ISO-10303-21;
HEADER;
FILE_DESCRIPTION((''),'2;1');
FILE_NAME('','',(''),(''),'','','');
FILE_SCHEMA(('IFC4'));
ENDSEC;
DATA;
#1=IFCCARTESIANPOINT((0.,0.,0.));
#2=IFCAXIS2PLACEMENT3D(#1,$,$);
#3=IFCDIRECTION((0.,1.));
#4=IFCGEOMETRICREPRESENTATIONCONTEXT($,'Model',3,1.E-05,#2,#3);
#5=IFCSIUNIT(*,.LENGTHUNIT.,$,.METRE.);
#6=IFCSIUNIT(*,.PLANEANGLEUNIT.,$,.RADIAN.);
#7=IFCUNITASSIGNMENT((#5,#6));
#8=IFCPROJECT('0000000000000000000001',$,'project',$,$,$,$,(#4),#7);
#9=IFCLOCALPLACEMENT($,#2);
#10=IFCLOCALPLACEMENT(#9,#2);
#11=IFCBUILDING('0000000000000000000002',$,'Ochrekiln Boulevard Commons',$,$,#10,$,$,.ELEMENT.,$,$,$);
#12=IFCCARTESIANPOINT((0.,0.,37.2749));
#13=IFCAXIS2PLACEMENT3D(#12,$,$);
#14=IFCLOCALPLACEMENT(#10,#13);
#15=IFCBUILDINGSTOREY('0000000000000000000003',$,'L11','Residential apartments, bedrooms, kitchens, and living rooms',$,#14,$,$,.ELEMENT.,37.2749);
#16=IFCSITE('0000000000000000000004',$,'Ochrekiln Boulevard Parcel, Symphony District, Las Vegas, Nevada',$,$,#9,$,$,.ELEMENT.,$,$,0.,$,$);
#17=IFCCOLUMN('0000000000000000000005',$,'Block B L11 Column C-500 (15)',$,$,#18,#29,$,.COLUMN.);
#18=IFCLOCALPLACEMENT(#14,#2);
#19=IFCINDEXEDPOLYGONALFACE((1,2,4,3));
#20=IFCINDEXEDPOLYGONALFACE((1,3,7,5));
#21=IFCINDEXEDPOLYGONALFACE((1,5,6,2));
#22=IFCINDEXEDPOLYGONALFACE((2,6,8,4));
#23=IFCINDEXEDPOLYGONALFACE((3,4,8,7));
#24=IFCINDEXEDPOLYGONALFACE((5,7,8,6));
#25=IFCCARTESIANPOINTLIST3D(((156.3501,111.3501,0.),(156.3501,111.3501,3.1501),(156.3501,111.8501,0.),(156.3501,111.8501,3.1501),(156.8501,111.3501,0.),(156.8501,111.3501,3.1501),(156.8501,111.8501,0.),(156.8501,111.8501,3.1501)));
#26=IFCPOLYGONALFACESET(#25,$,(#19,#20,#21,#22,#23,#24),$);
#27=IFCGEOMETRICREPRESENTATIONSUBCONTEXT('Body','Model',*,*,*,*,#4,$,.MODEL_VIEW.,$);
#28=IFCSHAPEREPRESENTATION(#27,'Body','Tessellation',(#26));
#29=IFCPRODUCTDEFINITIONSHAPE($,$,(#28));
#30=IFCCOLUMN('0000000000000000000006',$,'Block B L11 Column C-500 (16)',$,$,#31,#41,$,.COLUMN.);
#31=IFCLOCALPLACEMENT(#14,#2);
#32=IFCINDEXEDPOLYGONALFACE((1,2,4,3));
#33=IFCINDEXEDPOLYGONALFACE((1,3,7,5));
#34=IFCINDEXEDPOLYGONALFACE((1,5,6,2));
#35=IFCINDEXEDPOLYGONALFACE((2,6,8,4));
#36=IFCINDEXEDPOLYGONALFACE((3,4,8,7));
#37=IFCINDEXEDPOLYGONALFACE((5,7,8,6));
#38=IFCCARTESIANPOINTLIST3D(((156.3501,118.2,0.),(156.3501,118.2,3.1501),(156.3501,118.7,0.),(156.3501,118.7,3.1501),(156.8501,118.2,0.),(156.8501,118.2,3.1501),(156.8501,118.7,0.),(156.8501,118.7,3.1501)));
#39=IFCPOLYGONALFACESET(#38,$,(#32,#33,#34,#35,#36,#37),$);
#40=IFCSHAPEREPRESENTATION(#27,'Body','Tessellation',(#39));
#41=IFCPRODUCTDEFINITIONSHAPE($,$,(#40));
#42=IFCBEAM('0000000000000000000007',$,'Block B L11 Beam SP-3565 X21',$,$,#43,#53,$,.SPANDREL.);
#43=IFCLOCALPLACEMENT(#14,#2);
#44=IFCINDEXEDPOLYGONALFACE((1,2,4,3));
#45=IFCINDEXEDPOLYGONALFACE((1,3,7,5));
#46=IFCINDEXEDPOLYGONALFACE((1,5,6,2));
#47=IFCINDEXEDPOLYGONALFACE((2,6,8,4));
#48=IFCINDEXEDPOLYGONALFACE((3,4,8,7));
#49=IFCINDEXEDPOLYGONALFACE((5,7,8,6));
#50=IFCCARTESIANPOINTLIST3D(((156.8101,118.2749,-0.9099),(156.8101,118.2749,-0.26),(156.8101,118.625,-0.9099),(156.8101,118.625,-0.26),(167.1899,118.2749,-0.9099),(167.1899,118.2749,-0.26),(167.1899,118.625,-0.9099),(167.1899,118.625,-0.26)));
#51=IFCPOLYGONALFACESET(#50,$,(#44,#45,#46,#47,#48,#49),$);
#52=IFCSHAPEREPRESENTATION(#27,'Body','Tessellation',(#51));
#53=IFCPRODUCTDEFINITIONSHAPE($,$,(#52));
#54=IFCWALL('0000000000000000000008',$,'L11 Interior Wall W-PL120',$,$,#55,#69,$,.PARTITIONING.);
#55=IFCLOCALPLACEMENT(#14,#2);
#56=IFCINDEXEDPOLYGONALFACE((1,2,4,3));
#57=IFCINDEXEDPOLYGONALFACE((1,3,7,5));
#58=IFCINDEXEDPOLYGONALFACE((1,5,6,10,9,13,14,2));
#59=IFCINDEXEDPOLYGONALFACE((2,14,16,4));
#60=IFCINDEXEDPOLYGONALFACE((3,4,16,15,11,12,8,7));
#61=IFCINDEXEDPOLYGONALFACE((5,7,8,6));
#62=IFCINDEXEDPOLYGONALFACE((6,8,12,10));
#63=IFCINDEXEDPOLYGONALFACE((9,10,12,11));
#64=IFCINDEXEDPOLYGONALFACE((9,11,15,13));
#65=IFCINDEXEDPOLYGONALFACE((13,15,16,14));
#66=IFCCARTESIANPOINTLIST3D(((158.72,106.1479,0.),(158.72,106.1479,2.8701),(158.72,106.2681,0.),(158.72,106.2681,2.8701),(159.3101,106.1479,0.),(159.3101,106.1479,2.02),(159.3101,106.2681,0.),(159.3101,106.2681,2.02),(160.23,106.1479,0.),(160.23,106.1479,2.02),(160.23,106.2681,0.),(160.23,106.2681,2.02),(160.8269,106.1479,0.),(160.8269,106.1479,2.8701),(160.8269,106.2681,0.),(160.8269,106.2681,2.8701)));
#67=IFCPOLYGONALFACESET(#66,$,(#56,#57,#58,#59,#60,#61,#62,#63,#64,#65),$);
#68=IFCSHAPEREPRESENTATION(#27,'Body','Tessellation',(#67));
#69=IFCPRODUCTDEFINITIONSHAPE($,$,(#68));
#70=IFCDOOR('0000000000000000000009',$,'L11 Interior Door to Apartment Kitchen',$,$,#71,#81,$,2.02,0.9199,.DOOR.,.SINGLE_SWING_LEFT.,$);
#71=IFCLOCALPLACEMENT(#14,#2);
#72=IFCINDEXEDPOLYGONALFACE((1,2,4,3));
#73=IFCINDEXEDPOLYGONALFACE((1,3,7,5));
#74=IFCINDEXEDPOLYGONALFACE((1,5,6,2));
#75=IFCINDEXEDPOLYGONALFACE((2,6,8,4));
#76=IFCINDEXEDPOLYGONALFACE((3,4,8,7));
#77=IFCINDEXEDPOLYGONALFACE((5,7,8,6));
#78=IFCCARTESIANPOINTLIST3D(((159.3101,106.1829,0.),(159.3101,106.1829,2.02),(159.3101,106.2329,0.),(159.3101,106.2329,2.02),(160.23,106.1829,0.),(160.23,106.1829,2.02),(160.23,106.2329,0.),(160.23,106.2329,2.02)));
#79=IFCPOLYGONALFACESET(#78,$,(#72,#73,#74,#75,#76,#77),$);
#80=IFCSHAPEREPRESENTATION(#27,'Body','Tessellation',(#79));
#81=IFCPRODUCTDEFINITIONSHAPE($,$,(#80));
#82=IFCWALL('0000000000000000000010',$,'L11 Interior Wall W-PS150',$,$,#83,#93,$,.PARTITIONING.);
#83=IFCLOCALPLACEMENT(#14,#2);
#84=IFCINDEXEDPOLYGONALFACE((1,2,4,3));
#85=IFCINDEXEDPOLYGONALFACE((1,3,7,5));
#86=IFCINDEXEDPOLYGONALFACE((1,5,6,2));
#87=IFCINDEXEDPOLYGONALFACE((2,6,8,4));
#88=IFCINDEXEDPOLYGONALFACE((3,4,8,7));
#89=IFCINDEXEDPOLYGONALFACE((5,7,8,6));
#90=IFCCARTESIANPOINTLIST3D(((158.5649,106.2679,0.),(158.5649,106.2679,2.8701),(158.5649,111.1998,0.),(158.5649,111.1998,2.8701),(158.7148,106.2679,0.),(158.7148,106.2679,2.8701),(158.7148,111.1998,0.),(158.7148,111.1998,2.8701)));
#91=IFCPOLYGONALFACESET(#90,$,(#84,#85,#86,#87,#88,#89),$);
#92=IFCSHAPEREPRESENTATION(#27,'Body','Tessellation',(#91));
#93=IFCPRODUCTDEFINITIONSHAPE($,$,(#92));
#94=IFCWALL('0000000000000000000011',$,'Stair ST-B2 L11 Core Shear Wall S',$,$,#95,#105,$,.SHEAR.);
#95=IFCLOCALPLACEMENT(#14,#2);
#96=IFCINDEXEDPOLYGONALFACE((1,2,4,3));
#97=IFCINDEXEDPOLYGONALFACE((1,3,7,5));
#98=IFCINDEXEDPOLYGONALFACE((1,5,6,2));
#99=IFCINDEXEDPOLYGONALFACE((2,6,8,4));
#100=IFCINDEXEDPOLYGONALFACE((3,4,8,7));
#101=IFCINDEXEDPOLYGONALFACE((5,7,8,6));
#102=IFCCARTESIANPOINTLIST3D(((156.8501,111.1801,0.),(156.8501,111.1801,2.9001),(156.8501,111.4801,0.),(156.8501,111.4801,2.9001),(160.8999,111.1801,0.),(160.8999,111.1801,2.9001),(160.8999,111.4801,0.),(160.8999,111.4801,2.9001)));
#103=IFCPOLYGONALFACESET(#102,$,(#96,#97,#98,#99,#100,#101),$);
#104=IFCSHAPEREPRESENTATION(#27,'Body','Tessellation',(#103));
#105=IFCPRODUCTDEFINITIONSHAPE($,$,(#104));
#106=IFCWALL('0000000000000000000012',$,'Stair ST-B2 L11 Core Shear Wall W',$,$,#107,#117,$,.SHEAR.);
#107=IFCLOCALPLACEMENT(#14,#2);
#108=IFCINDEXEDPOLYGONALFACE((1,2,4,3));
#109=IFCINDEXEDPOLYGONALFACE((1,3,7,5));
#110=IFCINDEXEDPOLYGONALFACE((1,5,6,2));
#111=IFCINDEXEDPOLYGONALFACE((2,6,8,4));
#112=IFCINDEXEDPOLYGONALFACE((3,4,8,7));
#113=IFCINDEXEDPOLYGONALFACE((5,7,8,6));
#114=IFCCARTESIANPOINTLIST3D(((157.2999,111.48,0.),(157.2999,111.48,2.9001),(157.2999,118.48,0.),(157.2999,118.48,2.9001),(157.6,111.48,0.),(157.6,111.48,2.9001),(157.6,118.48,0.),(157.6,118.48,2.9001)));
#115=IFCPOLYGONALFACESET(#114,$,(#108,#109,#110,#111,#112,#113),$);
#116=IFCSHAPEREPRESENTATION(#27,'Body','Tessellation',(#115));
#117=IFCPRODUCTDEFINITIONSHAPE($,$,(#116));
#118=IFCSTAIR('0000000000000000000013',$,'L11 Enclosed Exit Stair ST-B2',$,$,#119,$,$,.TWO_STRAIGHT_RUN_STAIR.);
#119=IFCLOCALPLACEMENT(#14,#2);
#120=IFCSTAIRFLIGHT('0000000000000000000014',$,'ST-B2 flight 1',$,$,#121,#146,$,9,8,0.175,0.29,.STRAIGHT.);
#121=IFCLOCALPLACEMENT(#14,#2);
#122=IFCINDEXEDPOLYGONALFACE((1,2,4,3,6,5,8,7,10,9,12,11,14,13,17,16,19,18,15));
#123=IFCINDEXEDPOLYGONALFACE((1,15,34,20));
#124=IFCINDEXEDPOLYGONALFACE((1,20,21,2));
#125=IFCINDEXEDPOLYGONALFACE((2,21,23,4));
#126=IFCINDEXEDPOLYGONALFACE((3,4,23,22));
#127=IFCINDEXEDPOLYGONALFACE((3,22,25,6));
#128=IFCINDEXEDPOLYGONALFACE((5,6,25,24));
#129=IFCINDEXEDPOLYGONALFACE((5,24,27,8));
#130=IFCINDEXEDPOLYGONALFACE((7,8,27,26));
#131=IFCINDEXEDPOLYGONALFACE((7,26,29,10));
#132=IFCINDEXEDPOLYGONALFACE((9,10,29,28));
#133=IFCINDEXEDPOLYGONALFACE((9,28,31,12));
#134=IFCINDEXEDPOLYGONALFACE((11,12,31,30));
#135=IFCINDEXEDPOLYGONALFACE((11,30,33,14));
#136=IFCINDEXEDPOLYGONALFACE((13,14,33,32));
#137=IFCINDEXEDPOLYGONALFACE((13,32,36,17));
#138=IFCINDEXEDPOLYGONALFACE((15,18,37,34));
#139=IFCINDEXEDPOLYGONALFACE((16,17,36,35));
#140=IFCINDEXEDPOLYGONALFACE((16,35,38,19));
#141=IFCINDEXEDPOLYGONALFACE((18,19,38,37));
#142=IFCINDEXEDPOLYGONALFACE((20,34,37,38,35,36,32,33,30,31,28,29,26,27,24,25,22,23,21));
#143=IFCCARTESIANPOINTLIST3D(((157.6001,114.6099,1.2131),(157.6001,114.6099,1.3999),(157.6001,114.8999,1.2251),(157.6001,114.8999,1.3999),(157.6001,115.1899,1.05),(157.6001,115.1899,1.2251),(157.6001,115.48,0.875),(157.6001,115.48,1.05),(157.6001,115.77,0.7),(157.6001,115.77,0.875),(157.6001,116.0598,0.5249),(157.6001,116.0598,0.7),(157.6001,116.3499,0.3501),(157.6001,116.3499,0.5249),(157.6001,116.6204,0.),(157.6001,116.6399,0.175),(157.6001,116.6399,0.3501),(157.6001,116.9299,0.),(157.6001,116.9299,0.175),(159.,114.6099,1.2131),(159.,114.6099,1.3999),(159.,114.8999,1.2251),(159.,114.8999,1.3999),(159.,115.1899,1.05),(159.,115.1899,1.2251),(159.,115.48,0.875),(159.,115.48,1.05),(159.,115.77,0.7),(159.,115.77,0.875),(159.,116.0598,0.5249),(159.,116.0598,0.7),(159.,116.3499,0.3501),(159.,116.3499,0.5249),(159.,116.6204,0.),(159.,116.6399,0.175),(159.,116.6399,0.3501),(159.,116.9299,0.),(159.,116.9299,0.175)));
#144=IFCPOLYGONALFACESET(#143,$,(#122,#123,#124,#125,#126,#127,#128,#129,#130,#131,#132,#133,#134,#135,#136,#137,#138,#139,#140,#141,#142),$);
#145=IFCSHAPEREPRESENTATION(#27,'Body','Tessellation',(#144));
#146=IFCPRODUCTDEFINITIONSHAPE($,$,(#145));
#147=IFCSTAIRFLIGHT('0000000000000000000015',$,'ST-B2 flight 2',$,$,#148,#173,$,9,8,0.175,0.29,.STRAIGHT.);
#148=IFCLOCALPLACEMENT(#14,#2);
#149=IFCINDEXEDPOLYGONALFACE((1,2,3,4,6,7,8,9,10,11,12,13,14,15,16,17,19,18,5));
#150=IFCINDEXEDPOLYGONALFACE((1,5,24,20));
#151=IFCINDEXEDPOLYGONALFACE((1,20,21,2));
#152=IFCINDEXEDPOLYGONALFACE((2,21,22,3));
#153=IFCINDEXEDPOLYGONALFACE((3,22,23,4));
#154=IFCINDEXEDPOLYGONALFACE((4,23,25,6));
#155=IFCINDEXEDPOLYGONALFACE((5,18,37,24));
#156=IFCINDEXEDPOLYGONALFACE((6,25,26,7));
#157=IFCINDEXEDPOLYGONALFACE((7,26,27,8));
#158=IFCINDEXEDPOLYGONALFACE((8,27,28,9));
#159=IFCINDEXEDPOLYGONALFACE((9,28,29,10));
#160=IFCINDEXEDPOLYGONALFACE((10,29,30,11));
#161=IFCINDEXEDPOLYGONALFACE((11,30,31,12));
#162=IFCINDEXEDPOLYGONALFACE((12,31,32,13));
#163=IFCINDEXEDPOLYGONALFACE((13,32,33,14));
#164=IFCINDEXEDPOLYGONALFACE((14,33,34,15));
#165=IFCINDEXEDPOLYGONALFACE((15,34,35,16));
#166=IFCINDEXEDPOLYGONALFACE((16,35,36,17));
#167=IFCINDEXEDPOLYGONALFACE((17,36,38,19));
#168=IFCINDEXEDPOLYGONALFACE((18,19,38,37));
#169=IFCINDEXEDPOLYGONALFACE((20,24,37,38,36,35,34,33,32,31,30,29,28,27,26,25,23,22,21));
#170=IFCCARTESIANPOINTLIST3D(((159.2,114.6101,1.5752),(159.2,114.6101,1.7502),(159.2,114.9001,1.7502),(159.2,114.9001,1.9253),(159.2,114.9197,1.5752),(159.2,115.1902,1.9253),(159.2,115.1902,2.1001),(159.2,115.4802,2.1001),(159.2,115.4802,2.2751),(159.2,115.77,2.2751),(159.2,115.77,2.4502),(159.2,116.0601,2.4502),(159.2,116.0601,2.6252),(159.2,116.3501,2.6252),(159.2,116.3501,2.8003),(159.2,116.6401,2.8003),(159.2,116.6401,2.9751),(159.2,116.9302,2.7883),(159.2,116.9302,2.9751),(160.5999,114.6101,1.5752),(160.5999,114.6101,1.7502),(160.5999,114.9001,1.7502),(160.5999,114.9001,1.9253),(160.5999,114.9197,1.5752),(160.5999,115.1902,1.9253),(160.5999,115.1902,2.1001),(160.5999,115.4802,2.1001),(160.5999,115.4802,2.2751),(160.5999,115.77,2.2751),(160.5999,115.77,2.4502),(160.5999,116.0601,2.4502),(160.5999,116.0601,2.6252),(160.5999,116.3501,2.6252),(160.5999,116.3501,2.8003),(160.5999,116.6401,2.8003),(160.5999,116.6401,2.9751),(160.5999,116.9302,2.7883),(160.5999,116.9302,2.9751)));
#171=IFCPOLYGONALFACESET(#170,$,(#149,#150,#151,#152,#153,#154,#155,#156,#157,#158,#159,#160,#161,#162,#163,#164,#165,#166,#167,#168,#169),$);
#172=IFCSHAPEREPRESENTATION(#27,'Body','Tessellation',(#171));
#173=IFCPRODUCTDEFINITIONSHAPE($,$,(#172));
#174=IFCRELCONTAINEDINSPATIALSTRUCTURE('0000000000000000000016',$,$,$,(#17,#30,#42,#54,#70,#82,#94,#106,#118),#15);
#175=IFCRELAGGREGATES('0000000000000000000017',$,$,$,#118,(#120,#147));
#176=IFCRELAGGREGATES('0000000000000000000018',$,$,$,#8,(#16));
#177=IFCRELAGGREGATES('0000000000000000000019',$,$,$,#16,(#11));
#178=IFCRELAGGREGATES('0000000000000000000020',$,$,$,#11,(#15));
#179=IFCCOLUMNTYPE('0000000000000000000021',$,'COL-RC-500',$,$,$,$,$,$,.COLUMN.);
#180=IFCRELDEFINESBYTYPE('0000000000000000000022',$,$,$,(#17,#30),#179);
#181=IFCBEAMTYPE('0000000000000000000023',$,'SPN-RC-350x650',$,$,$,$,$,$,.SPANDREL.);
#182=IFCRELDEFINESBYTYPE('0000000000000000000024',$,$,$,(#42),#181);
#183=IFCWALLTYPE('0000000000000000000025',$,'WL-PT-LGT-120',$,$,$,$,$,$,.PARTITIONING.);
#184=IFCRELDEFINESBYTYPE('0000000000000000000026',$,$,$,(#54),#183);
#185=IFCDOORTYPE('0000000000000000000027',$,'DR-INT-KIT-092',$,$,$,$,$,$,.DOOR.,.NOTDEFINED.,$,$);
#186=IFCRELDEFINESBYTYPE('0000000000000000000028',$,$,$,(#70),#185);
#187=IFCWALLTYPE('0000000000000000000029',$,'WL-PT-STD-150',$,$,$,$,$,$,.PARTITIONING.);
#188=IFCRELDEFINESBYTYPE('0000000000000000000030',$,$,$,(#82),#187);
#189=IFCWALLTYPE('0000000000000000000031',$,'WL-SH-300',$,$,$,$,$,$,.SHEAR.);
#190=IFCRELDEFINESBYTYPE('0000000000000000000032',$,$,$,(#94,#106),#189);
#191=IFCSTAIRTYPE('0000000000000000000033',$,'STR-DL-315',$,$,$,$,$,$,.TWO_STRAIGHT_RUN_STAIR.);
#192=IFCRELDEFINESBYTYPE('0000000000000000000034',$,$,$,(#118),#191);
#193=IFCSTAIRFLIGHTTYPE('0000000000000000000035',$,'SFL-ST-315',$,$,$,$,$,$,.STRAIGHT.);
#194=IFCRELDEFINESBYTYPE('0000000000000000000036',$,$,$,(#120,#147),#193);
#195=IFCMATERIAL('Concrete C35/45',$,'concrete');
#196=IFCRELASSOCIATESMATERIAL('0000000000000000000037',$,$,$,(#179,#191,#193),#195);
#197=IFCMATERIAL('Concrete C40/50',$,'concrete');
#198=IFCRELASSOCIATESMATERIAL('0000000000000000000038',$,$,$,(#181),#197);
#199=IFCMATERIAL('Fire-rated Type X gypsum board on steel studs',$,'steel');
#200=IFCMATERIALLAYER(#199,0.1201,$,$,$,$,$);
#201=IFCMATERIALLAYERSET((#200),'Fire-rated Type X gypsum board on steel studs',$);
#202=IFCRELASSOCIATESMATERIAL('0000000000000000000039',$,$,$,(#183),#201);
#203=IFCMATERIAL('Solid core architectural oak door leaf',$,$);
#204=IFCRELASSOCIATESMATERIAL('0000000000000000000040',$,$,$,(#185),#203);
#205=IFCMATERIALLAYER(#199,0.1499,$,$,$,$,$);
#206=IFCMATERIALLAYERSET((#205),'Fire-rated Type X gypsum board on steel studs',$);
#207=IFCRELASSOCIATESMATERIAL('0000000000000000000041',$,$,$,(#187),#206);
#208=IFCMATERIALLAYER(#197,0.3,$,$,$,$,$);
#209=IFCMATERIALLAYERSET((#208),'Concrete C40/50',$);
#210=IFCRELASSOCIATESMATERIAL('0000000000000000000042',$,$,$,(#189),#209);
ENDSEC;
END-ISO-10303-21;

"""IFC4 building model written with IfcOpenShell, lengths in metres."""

from ifc_helpers import new_model, si_unit, direction, frame, frame_2d, origin, origin_2d, place, context, subcontext, project, spatial, polyline, rectangle, outline, extrude, material, layer, layer_set, material_profile, profile_set, type_object, element, fill, aggregate, save


model = new_model("IFC4")

# Units and contexts
model_context = context("Model", 3, precision=1e-05, world=origin(), true_north=direction((0.0, 1.0)))
body_context = subcontext(model_context, "Body", "Model", "MODEL_VIEW")
ifc_project = project(units=[si_unit("LENGTHUNIT", "METRE"), si_unit("PLANEANGLEUNIT", "RADIAN")], contexts=[model_context])

# Site, building, storey
site_placement = place(None, origin())
site = spatial("IfcSite", under=ifc_project, at=site_placement, Name="Ochrekiln Boulevard Parcel, Symphony District, Las Vegas, Nevada", CompositionType="ELEMENT", RefElevation=0.0)
building_placement = place(site_placement, origin())
building = spatial("IfcBuilding", under=site, at=building_placement, Name="Ochrekiln Boulevard Commons", CompositionType="ELEMENT")
storey_placement = place(building_placement, frame((0.0, 0.0, 37.2749)))
storey = spatial("IfcBuildingStorey", under=building, at=storey_placement, Name="L11", Description="Residential apartments, bedrooms, kitchens, and living rooms", CompositionType="ELEMENT", Elevation=37.2749)

# Columns
ifc_material_1 = material(Name="Concrete C35/45", Category="concrete")
ifc_material_profile_1 = material_profile(ifc_material_1, rectangle(XDim=0.5, YDim=0.5, at=origin_2d()), Name="RC-COL-500x500")
ifc_profile_set_1 = profile_set([ifc_material_profile_1], Name="Concrete C35/45")
column_type = type_object("IfcColumnType", Name="COL-RC-500", PredefinedType="COLUMN", material=ifc_profile_set_1)
for number, where, z_axis, x_axis, name in (
    (1, (156.6001, 111.6001, 0.0), (0.0, 0.0, 1.0), (1.0, 0.0, 0.0), "Block B L11 Column C-500 (15)"),
    (2, (156.6001, 118.45, 0.0), (0.0, 0.0, 1.0), (1.0, 0.0, 0.0), "Block B L11 Column C-500 (16)"),
):
    element("IfcColumn", number, at=place(storey_placement, frame(where, z_axis=z_axis, x_axis=x_axis)), inside=storey, type_object=column_type, Name=name, PredefinedType="COLUMN", context=body_context, shape_type="SweptSolid", body=[
        extrude(rectangle(XDim=0.5, YDim=0.5, at=origin_2d()), origin(), (0.0, 0.0, 1.0), 3.1501),
    ])

# Beam
ifc_material_2 = material(Name="Concrete C40/50", Category="concrete")
ifc_material_profile_2 = material_profile(ifc_material_2, rectangle(XDim=0.3501, YDim=0.6499, at=origin_2d()), Name="RC-SPN-350x650")
ifc_profile_set_2 = profile_set([ifc_material_profile_2], Name="Concrete C40/50")
beam_type = type_object("IfcBeamType", Name="SPN-RC-350x650", PredefinedType="SPANDREL", material=ifc_profile_set_2)
beam_placement = place(storey_placement, frame((156.8101, 118.45, -0.585), z_axis=(1.0, 0.0, 0.0), x_axis=(0.0, 1.0, 0.0)))
element("IfcBeam", 3, at=beam_placement, inside=storey, type_object=beam_type, Name="Block B L11 Beam SP-3565 X21", PredefinedType="SPANDREL", context=body_context, shape_type="SweptSolid", body=[
    extrude(rectangle(XDim=0.3501, YDim=0.6499, at=origin_2d()), origin(), (0.0, 0.0, 1.0), 10.3799),
])

# Wall, opening, door
ifc_material_3 = material(Name="Fire-rated Type X gypsum board on steel studs", Category="steel")
ifc_layer_1 = layer(ifc_material_3, 0.1201)
ifc_layer_set_1 = layer_set([ifc_layer_1], Name="Fire-rated Type X gypsum board on steel studs")
wall_type_1 = type_object("IfcWallType", Name="WL-PT-LGT-120", PredefinedType="PARTITIONING", material=ifc_layer_set_1)
wall_1_placement = place(storey_placement, frame((158.72, 106.208, 0.0), z_axis=(0.0, 0.0, 1.0), x_axis=(1.0, 0.0, 0.0)))
wall_1 = element("IfcWall", 4, at=wall_1_placement, inside=storey, type_object=wall_type_1, Name="L11 Interior Wall W-PL120", PredefinedType="PARTITIONING", context=body_context, shape_type="SweptSolid", body=[
    extrude(rectangle(XDim=2.1069, YDim=0.1201, at=frame_2d((1.0535, 0.0))), origin(), (0.0, 0.0, 1.0), 2.8701),
])
opening_1_placement = place(wall_1_placement, frame((0.5901, 0.0, 0.0)))
opening_1 = element("IfcOpeningElement", 5, at=opening_1_placement, cuts=wall_1, PredefinedType="OPENING", context=body_context, shape_type="SweptSolid", body=[
    extrude(rectangle(XDim=0.9199, YDim=2.02, at=frame_2d((0.46, 1.01))), frame((0.0, 0.0701, 0.0), z_axis=(0.0, -1.0, 0.0), x_axis=(1.0, 0.0, 0.0)), (0.0, 0.0, 1.0), 0.1401),
])
ifc_material_4 = material(Name="Solid core architectural oak door leaf")
door_type_1 = type_object("IfcDoorType", Name="DR-INT-KIT-092", OperationType="NOTDEFINED", PredefinedType="DOOR", material=ifc_material_4)
door_1_placement = place(opening_1_placement, origin())
door_1 = element("IfcDoor", 6, at=door_1_placement, inside=storey, type_object=door_type_1, Name="L11 Interior Door to Apartment Kitchen", OperationType="SINGLE_SWING_LEFT", OverallHeight=2.02, OverallWidth=0.9199, PredefinedType="DOOR", context=body_context, shape_type="SweptSolid", body=[
    extrude(rectangle(XDim=0.9199, YDim=2.02, at=frame_2d((0.46, 1.01))), frame((0.0, 0.0249, 0.0), z_axis=(0.0, -1.0, 0.0), x_axis=(1.0, 0.0, 0.0)), (0.0, 0.0, 1.0), 0.05),
])
fill(opening_1, door_1)

# Walls
ifc_layer_2 = layer(ifc_material_3, 0.1499)
ifc_layer_set_2 = layer_set([ifc_layer_2], Name="Fire-rated Type X gypsum board on steel studs")
wall_type_2 = type_object("IfcWallType", Name="WL-PT-STD-150", PredefinedType="PARTITIONING", material=ifc_layer_set_2)
wall_2_placement = place(storey_placement, frame((158.6399, 106.2681, 0.0), z_axis=(0.0, 0.0, 1.0), x_axis=(0.0, 1.0, 0.0)))
element("IfcWall", 7, at=wall_2_placement, inside=storey, type_object=wall_type_2, Name="L11 Interior Wall W-PS150", PredefinedType="PARTITIONING", context=body_context, shape_type="SweptSolid", body=[
    extrude(rectangle(XDim=4.9319, YDim=0.1499, at=frame_2d((2.4658, 0.0))), origin(), (0.0, 0.0, 1.0), 2.8701),
])
ifc_layer_3 = layer(ifc_material_2, 0.3)
ifc_layer_set_3 = layer_set([ifc_layer_3], Name="Concrete C40/50")
wall_type_3 = type_object("IfcWallType", Name="WL-SH-300", PredefinedType="SHEAR", material=ifc_layer_set_3)
wall_3_placement = place(storey_placement, frame((156.8501, 111.3301, 0.0), z_axis=(0.0, 0.0, 1.0), x_axis=(1.0, 0.0, 0.0)))
element("IfcWall", 8, at=wall_3_placement, inside=storey, type_object=wall_type_3, Name="Stair ST-B2 L11 Core Shear Wall S", PredefinedType="SHEAR", context=body_context, shape_type="SweptSolid", body=[
    extrude(rectangle(XDim=4.0498, YDim=0.3, at=frame_2d((2.0249, 0.0))), origin(), (0.0, 0.0, 1.0), 2.9001),
])
wall_4_placement = place(storey_placement, frame((157.45, 111.48, 0.0), z_axis=(0.0, 0.0, 1.0), x_axis=(0.0, 1.0, 0.0)))
element("IfcWall", 9, at=wall_4_placement, inside=storey, type_object=wall_type_3, Name="Stair ST-B2 L11 Core Shear Wall W", PredefinedType="SHEAR", context=body_context, shape_type="SweptSolid", body=[
    extrude(rectangle(XDim=7.0, YDim=0.3, at=frame_2d((3.5, 0.0))), origin(), (0.0, 0.0, 1.0), 2.9001),
])

# Stair, stair flights
stair_type = type_object("IfcStairType", Name="STR-DL-315", PredefinedType="TWO_STRAIGHT_RUN_STAIR", material=ifc_material_1)
stair_placement = place(storey_placement, origin())
stair = element("IfcStair", 10, at=stair_placement, inside=storey, type_object=stair_type, Name="L11 Enclosed Exit Stair ST-B2", PredefinedType="TWO_STRAIGHT_RUN_STAIR")
stair_flight_type = type_object("IfcStairFlightType", Name="SFL-ST-315", PredefinedType="STRAIGHT", material=ifc_material_1)
stair_flight_1_placement = place(storey_placement, frame((158.3, 116.9299, 0.0), z_axis=(0.0, 0.0, 1.0), x_axis=(0.0, -1.0, 0.0)))
stair_flight_1 = element("IfcStairFlight", 11, at=stair_flight_1_placement, type_object=stair_flight_type, Name="ST-B2 flight 1", NumberOfRisers=9, NumberOfTreads=8, PredefinedType="STRAIGHT", RiserHeight=0.175, TreadLength=0.29, context=body_context, shape_type="SweptSolid", body=[
    extrude(outline(polyline([(0.0, 0.0), (0.0, 0.175), (0.29, 0.175), (0.29, 0.3501), (0.5801, 0.3501), (0.5801, 0.5249), (0.8701, 0.5249), (0.8701, 0.7), (1.1599, 0.7), (1.1599, 0.875), (1.45, 0.875), (1.45, 1.05), (1.74, 1.05), (1.74, 1.2251), (2.03, 1.2251), (2.03, 1.3999), (2.3201, 1.3999), (2.3201, 1.575), (2.3201, 1.2131), (0.3096, 0.0), (0.0, 0.0)])), frame((0.0, 0.7, 0.0), z_axis=(0.0, -1.0, 0.0), x_axis=(1.0, 0.0, 0.0)), (0.0, 0.0, 1.0), 1.3999),
])
stair_flight_2_placement = place(storey_placement, frame((159.8999, 114.6101, 1.5752), z_axis=(0.0, 0.0, 1.0), x_axis=(0.0, 1.0, 0.0)))
stair_flight_2 = element("IfcStairFlight", 12, at=stair_flight_2_placement, type_object=stair_flight_type, Name="ST-B2 flight 2", NumberOfRisers=9, NumberOfTreads=8, PredefinedType="STRAIGHT", RiserHeight=0.175, TreadLength=0.29, context=body_context, shape_type="SweptSolid", body=[
    extrude(outline(polyline([(0.0, 0.0), (0.0, 0.175), (0.29, 0.175), (0.29, 0.3501), (0.5801, 0.3501), (0.5801, 0.5249), (0.8701, 0.5249), (0.8701, 0.7), (1.1599, 0.7), (1.1599, 0.875), (1.45, 0.875), (1.45, 1.05), (1.74, 1.05), (1.74, 1.2251), (2.03, 1.2251), (2.03, 1.3999), (2.3201, 1.3999), (2.3201, 1.575), (2.3201, 1.2131), (0.3096, 0.0), (0.0, 0.0)])), frame((0.0, 0.7, 0.0), z_axis=(0.0, -1.0, 0.0), x_axis=(1.0, 0.0, 0.0)), (0.0, 0.0, 1.0), 1.3999),
])
aggregate(stair, [stair_flight_1, stair_flight_2])

save(model, "model.ifc")
